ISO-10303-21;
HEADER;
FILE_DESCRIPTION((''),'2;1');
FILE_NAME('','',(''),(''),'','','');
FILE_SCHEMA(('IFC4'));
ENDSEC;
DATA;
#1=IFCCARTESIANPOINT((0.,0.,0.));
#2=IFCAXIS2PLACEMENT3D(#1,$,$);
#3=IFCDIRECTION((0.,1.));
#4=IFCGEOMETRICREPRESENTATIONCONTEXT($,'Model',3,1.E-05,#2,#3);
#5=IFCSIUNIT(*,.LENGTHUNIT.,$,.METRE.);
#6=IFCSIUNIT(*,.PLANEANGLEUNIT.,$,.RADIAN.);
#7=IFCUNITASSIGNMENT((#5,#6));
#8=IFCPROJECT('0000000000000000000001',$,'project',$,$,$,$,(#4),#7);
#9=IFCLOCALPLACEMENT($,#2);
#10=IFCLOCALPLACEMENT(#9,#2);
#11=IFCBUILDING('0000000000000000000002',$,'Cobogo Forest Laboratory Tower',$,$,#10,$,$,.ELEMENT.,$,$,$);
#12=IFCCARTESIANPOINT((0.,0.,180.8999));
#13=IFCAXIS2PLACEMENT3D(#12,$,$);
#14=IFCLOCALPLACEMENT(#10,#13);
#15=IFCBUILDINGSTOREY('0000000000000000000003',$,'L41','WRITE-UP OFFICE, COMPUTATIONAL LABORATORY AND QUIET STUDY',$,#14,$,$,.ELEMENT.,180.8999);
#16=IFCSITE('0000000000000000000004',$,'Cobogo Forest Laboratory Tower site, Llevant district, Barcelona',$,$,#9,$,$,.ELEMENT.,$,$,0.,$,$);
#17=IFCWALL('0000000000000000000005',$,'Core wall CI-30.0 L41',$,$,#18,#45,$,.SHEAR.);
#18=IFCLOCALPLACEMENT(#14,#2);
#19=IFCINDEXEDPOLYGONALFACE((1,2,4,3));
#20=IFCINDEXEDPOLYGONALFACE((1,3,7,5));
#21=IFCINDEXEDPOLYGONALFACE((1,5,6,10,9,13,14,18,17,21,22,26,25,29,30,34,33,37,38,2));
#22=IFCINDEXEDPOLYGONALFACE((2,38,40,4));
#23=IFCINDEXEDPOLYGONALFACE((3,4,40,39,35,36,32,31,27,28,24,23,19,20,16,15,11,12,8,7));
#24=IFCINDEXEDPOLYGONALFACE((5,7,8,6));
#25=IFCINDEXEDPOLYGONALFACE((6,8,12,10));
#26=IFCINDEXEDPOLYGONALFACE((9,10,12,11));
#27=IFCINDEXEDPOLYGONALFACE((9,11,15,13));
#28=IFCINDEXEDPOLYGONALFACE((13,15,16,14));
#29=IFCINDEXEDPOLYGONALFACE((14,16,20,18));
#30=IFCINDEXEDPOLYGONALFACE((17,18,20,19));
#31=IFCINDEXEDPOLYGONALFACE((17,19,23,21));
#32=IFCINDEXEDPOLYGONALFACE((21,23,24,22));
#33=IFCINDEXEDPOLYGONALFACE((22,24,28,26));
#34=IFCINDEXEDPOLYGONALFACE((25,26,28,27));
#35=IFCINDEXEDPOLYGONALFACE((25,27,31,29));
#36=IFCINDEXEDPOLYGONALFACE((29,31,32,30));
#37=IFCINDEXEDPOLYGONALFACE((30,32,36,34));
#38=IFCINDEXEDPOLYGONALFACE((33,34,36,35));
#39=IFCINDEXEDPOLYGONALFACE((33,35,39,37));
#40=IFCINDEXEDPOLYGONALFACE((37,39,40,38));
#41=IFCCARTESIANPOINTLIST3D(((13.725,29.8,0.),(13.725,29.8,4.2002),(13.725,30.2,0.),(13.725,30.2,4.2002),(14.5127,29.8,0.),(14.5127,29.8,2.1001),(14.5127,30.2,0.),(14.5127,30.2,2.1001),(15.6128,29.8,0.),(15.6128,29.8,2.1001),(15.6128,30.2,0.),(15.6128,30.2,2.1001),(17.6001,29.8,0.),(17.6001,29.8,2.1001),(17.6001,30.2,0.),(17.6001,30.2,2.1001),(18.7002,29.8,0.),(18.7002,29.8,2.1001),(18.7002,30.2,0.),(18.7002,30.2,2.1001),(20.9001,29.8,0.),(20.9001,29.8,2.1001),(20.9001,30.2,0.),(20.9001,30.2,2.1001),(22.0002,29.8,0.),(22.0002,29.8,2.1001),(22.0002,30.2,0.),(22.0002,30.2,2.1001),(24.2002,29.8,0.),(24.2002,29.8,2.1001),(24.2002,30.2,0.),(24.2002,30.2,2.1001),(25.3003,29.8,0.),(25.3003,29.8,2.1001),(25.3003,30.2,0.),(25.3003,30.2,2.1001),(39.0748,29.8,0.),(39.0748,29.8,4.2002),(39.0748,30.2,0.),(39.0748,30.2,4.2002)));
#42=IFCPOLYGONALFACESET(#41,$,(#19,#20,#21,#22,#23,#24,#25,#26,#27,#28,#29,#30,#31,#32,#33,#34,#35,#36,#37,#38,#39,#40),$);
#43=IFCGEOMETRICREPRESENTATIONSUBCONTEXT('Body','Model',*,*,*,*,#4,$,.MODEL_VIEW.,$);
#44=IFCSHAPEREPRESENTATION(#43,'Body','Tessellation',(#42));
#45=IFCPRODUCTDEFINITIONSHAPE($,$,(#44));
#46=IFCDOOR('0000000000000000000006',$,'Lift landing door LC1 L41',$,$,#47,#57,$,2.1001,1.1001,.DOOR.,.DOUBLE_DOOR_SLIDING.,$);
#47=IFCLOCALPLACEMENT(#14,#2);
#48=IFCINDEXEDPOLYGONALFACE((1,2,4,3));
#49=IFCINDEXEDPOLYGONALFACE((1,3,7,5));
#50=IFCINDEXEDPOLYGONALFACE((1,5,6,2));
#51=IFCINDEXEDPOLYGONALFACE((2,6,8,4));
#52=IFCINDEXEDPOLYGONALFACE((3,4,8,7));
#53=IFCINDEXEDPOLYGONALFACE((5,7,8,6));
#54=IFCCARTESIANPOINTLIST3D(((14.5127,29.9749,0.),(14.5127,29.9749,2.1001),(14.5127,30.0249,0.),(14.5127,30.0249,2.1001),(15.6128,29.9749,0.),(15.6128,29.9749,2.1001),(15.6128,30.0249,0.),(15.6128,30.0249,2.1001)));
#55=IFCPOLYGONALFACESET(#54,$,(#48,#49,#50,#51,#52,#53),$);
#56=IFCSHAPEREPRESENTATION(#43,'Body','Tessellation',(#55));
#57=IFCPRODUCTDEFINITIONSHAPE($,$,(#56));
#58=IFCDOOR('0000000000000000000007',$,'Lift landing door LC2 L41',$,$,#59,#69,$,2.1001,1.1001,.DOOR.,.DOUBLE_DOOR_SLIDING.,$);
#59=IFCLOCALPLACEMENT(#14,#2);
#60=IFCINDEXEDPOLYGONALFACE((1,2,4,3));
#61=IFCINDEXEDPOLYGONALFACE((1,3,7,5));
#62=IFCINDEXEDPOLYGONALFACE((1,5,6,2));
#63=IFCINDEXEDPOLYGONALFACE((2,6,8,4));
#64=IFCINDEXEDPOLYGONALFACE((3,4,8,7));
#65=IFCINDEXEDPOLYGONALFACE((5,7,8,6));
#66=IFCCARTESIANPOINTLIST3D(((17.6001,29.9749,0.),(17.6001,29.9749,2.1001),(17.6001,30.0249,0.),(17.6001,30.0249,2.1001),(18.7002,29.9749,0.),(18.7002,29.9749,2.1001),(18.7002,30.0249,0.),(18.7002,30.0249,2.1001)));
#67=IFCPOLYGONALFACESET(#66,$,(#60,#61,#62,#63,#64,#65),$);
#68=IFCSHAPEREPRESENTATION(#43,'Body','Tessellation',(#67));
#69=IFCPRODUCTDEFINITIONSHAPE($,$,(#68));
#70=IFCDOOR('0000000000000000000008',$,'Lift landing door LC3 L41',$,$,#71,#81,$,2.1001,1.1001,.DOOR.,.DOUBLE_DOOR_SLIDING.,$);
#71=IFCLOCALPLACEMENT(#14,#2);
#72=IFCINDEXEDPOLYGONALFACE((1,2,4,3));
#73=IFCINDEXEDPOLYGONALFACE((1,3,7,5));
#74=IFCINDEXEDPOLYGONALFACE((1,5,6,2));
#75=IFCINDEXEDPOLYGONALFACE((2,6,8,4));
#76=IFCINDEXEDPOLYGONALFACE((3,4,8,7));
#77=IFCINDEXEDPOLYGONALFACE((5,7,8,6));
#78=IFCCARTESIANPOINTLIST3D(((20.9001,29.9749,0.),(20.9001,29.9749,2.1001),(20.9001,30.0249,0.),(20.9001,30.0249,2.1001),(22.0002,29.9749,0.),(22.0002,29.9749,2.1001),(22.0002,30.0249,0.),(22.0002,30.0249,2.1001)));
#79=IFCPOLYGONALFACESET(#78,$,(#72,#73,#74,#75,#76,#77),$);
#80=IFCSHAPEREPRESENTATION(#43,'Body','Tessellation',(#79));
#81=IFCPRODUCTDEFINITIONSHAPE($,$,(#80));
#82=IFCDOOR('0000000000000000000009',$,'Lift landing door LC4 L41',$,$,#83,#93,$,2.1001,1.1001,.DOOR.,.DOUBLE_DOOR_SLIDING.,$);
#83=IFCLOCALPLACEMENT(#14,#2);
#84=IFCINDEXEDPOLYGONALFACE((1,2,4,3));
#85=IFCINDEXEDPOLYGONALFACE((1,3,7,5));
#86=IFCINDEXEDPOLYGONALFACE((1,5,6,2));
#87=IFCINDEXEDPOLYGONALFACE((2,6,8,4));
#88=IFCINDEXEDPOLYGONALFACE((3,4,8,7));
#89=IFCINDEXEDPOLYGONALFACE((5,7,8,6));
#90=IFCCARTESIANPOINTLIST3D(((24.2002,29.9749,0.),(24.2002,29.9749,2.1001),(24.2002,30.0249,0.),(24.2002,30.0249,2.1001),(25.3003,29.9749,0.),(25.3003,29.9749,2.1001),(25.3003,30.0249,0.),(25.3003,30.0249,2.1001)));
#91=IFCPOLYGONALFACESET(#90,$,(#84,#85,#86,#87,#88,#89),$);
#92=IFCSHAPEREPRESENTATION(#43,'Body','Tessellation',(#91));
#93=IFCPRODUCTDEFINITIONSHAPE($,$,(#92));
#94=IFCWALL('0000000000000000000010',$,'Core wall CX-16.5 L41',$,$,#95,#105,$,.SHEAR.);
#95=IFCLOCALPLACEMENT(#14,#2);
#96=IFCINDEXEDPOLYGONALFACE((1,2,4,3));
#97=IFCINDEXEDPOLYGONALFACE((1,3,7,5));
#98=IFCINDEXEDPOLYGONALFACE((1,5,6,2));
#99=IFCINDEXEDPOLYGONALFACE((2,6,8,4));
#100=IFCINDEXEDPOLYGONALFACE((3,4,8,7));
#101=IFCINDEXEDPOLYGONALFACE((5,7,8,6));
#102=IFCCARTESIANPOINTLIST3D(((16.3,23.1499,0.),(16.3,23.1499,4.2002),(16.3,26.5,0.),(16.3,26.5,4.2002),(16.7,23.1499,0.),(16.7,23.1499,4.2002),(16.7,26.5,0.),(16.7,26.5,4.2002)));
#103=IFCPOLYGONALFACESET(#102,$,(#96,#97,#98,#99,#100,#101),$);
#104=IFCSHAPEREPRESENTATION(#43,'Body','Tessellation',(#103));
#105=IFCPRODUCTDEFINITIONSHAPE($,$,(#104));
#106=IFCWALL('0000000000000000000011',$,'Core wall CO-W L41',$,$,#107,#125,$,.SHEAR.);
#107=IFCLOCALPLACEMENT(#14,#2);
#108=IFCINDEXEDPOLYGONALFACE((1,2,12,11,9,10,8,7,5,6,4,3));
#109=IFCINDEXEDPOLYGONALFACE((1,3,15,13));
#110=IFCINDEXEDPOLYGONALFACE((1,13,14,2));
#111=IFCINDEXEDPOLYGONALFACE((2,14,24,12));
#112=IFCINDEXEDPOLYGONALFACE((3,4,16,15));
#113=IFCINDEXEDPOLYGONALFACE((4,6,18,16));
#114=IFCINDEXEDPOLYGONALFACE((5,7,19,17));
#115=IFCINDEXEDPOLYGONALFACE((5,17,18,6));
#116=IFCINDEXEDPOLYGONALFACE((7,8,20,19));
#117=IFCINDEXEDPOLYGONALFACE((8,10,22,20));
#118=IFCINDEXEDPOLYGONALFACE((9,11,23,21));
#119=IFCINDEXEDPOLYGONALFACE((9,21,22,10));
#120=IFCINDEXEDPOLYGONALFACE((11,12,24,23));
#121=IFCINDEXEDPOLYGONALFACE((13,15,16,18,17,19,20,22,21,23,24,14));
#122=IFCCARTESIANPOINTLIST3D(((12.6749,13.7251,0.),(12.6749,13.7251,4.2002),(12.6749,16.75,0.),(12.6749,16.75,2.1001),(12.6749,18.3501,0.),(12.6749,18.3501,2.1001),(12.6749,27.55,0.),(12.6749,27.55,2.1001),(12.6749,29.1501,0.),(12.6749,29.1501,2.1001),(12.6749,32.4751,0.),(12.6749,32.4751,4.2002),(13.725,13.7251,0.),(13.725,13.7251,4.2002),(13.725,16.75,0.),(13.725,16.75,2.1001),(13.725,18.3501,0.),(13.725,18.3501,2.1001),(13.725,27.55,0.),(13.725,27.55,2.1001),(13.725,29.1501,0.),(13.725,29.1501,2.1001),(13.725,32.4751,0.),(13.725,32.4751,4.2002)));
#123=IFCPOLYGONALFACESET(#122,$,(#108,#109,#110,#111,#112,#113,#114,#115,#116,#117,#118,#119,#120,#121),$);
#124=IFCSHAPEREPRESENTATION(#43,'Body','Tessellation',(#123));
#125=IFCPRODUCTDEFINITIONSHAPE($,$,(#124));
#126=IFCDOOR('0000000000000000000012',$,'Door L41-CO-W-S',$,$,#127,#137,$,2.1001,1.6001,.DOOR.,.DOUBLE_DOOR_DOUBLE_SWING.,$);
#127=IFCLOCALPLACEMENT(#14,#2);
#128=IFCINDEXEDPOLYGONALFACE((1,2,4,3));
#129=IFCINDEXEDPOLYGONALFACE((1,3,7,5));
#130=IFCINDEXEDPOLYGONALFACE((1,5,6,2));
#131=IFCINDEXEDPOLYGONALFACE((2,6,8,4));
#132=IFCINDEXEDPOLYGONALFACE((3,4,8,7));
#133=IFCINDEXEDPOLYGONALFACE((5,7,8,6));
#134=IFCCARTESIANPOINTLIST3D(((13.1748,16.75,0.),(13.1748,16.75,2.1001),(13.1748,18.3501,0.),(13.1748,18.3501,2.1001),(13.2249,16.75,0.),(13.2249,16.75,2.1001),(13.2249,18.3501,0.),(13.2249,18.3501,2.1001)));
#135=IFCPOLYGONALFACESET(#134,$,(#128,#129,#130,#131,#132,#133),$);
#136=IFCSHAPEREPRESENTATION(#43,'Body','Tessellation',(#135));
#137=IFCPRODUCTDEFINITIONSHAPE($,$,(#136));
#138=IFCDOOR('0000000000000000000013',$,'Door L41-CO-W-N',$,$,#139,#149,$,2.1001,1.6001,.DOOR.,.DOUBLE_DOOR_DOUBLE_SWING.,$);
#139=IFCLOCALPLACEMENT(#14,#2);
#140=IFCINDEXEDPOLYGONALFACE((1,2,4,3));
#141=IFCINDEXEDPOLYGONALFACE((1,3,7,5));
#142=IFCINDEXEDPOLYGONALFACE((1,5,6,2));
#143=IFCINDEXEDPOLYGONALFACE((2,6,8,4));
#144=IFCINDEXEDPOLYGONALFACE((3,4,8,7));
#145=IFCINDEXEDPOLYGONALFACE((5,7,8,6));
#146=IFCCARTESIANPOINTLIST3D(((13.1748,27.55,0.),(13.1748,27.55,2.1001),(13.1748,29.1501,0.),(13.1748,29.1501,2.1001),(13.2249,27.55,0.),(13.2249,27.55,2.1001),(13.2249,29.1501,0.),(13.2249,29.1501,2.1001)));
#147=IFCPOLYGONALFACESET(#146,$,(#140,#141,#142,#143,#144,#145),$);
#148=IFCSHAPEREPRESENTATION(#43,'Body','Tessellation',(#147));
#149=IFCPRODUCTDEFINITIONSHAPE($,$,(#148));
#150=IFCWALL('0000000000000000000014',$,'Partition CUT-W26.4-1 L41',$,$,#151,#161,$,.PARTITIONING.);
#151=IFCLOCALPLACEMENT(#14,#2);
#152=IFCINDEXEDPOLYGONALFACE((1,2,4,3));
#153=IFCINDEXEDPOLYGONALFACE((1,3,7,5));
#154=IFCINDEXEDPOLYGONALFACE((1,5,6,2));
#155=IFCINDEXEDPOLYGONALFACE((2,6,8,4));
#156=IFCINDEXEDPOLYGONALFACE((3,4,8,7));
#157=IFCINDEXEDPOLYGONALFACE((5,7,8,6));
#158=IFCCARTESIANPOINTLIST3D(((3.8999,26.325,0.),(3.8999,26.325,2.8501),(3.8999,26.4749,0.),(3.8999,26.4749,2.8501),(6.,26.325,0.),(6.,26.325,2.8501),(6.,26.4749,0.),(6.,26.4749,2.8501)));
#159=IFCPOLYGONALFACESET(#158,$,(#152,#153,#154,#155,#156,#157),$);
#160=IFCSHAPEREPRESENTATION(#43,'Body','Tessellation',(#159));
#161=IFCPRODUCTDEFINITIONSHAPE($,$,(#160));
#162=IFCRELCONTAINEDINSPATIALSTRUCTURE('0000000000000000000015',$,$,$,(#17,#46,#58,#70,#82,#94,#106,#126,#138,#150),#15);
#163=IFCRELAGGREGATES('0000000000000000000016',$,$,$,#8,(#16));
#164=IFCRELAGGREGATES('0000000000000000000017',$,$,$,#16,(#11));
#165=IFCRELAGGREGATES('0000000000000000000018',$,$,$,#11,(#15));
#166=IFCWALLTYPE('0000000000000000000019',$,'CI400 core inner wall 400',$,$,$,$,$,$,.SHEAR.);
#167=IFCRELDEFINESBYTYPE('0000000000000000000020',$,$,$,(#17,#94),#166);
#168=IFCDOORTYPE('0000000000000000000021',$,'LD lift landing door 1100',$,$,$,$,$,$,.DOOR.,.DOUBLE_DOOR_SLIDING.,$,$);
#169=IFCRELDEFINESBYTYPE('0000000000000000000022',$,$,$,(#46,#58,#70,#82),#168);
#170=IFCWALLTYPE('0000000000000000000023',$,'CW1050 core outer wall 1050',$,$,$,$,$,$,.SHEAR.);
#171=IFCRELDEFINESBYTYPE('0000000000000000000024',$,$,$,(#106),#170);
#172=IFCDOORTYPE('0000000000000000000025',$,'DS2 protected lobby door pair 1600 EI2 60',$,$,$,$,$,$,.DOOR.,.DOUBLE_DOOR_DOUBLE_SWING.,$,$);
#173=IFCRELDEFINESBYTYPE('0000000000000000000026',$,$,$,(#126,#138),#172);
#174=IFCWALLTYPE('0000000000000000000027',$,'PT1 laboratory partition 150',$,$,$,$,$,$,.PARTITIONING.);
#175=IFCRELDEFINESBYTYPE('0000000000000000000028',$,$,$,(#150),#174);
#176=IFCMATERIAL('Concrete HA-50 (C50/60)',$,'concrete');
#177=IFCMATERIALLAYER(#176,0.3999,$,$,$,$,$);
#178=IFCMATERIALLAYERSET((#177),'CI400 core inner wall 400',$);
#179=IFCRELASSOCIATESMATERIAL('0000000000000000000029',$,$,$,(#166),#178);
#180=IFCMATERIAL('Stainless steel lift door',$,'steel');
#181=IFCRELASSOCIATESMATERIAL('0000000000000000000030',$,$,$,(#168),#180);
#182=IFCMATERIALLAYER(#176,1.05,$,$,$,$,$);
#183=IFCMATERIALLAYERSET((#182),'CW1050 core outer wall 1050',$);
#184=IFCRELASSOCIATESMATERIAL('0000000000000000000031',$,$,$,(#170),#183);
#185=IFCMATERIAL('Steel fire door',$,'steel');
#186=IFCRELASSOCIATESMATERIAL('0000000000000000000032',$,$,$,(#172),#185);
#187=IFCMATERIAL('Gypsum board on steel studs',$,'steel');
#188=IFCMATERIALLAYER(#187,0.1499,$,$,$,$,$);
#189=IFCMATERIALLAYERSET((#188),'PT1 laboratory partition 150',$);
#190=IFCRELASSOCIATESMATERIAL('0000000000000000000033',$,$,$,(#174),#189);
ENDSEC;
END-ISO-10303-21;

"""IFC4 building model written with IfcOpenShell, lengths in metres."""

from ifc_helpers import new_model, si_unit, direction, frame, frame_2d, origin, place, context, subcontext, project, spatial, rectangle, extrude, material, layer, layer_set, type_object, element, fill, save


model = new_model("IFC4")

# Units and contexts
model_context = context("Model", 3, precision=1e-05, world=origin(), true_north=direction((0.0, 1.0)))
body_context = subcontext(model_context, "Body", "Model", "MODEL_VIEW")
ifc_project = project(units=[si_unit("LENGTHUNIT", "METRE"), si_unit("PLANEANGLEUNIT", "RADIAN")], contexts=[model_context])

# Site, building, storey
site_placement = place(None, origin())
site = spatial("IfcSite", under=ifc_project, at=site_placement, Name="Cobogo Forest Laboratory Tower site, Llevant district, Barcelona", CompositionType="ELEMENT", RefElevation=0.0)
building_placement = place(site_placement, origin())
building = spatial("IfcBuilding", under=site, at=building_placement, Name="Cobogo Forest Laboratory Tower", CompositionType="ELEMENT")
storey_placement = place(building_placement, frame((0.0, 0.0, 180.8999)))
storey = spatial("IfcBuildingStorey", under=building, at=storey_placement, Name="L41", Description="WRITE-UP OFFICE, COMPUTATIONAL LABORATORY AND QUIET STUDY", CompositionType="ELEMENT", Elevation=180.8999)

# Shared definitions
ifc_material_1 = material(Name="Concrete HA-50 (C50/60)", Category="concrete")

# Wall, openings, doors
ifc_layer_1 = layer(ifc_material_1, 0.3999)
ifc_layer_set_1 = layer_set([ifc_layer_1], Name="CI400 core inner wall 400")
wall_type_1 = type_object("IfcWallType", Name="CI400 core inner wall 400", PredefinedType="SHEAR", material=ifc_layer_set_1)
ifc_material_2 = material(Name="Steel fire door", Category="steel")
ifc_material_3 = material(Name="Stainless steel lift door", Category="steel")
door_type_1 = type_object("IfcDoorType", Name="LD lift landing door 1100", OperationType="DOUBLE_DOOR_SLIDING", PredefinedType="DOOR", material=ifc_material_3)
wall_1_placement = place(storey_placement, frame((13.7251, 30.0, 0.0), z_axis=(0.0, 0.0, 1.0), x_axis=(1.0, 0.0, 0.0)))
wall_1 = element("IfcWall", 1, at=wall_1_placement, inside=storey, type_object=wall_type_1, Name="Core wall CI-30.0 L41", PredefinedType="SHEAR", context=body_context, shape_type="SweptSolid", body=[
    extrude(rectangle(XDim=25.3499, YDim=0.3999, at=frame_2d((12.6748, 0.0))), origin(), (0.0, 0.0, 1.0), 4.2002),
])
opening_1_placement = place(wall_1_placement, frame((0.7876, 0.0, 0.0)))
opening_1 = element("IfcOpeningElement", 2, at=opening_1_placement, cuts=wall_1, PredefinedType="OPENING", context=body_context, shape_type="SweptSolid", body=[
    extrude(rectangle(XDim=1.1001, YDim=2.1001, at=frame_2d((0.55, 1.05))), frame((0.0, 0.21, 0.0), z_axis=(0.0, -1.0, 0.0), x_axis=(1.0, 0.0, 0.0)), (0.0, 0.0, 1.0), 0.4199),
])
opening_2_placement = place(wall_1_placement, frame((3.875, 0.0, 0.0)))
opening_2 = element("IfcOpeningElement", 3, at=opening_2_placement, cuts=wall_1, PredefinedType="OPENING", context=body_context, shape_type="SweptSolid", body=[
    extrude(rectangle(XDim=1.1001, YDim=2.1001, at=frame_2d((0.55, 1.05))), frame((0.0, 0.21, 0.0), z_axis=(0.0, -1.0, 0.0), x_axis=(1.0, 0.0, 0.0)), (0.0, 0.0, 1.0), 0.4199),
])
opening_3_placement = place(wall_1_placement, frame((7.175, 0.0, 0.0)))
opening_3 = element("IfcOpeningElement", 4, at=opening_3_placement, cuts=wall_1, PredefinedType="OPENING", context=body_context, shape_type="SweptSolid", body=[
    extrude(rectangle(XDim=1.1001, YDim=2.1001, at=frame_2d((0.55, 1.05))), frame((0.0, 0.21, 0.0), z_axis=(0.0, -1.0, 0.0), x_axis=(1.0, 0.0, 0.0)), (0.0, 0.0, 1.0), 0.4199),
])
opening_4_placement = place(wall_1_placement, frame((10.4751, 0.0, 0.0)))
opening_4 = element("IfcOpeningElement", 5, at=opening_4_placement, cuts=wall_1, PredefinedType="OPENING", context=body_context, shape_type="SweptSolid", body=[
    extrude(rectangle(XDim=1.1001, YDim=2.1001, at=frame_2d((0.55, 1.05))), frame((0.0, 0.21, 0.0), z_axis=(0.0, -1.0, 0.0), x_axis=(1.0, 0.0, 0.0)), (0.0, 0.0, 1.0), 0.4199),
])
door_1_placement = place(opening_1_placement, origin())
door_1 = element("IfcDoor", 6, at=door_1_placement, inside=storey, type_object=door_type_1, Name="Lift landing door LC1 L41", OperationType="DOUBLE_DOOR_SLIDING", OverallHeight=2.1001, OverallWidth=1.1001, PredefinedType="DOOR", context=body_context, shape_type="SweptSolid", body=[
    extrude(rectangle(XDim=1.1001, YDim=2.1001, at=frame_2d((0.55, 1.05))), frame((0.0, 0.0249, 0.0), z_axis=(0.0, -1.0, 0.0), x_axis=(1.0, 0.0, 0.0)), (0.0, 0.0, 1.0), 0.05),
])
fill(opening_1, door_1)
door_2_placement = place(opening_2_placement, origin())
door_2 = element("IfcDoor", 7, at=door_2_placement, inside=storey, type_object=door_type_1, Name="Lift landing door LC2 L41", OperationType="DOUBLE_DOOR_SLIDING", OverallHeight=2.1001, OverallWidth=1.1001, PredefinedType="DOOR", context=body_context, shape_type="SweptSolid", body=[
    extrude(rectangle(XDim=1.1001, YDim=2.1001, at=frame_2d((0.55, 1.05))), frame((0.0, 0.0249, 0.0), z_axis=(0.0, -1.0, 0.0), x_axis=(1.0, 0.0, 0.0)), (0.0, 0.0, 1.0), 0.05),
])
fill(opening_2, door_2)
door_3_placement = place(opening_3_placement, origin())
door_3 = element("IfcDoor", 8, at=door_3_placement, inside=storey, type_object=door_type_1, Name="Lift landing door LC3 L41", OperationType="DOUBLE_DOOR_SLIDING", OverallHeight=2.1001, OverallWidth=1.1001, PredefinedType="DOOR", context=body_context, shape_type="SweptSolid", body=[
    extrude(rectangle(XDim=1.1001, YDim=2.1001, at=frame_2d((0.55, 1.05))), frame((0.0, 0.0249, 0.0), z_axis=(0.0, -1.0, 0.0), x_axis=(1.0, 0.0, 0.0)), (0.0, 0.0, 1.0), 0.05),
])
fill(opening_3, door_3)
door_4_placement = place(opening_4_placement, origin())
door_4 = element("IfcDoor", 9, at=door_4_placement, inside=storey, type_object=door_type_1, Name="Lift landing door LC4 L41", OperationType="DOUBLE_DOOR_SLIDING", OverallHeight=2.1001, OverallWidth=1.1001, PredefinedType="DOOR", context=body_context, shape_type="SweptSolid", body=[
    extrude(rectangle(XDim=1.1001, YDim=2.1001, at=frame_2d((0.55, 1.05))), frame((0.0, 0.0249, 0.0), z_axis=(0.0, -1.0, 0.0), x_axis=(1.0, 0.0, 0.0)), (0.0, 0.0, 1.0), 0.05),
])
fill(opening_4, door_4)

# Wall
wall_2_placement = place(storey_placement, frame((16.5, 23.1499, 0.0), z_axis=(0.0, 0.0, 1.0), x_axis=(0.0, 1.0, 0.0)))
element("IfcWall", 10, at=wall_2_placement, inside=storey, type_object=wall_type_1, Name="Core wall CX-16.5 L41", PredefinedType="SHEAR", context=body_context, shape_type="SweptSolid", body=[
    extrude(rectangle(XDim=3.3501, YDim=0.3999, at=frame_2d((1.675, 0.0))), origin(), (0.0, 0.0, 1.0), 4.2002),
])

# Wall, openings, doors
ifc_layer_2 = layer(ifc_material_1, 1.05)
ifc_layer_set_2 = layer_set([ifc_layer_2], Name="CW1050 core outer wall 1050")
wall_type_2 = type_object("IfcWallType", Name="CW1050 core outer wall 1050", PredefinedType="SHEAR", material=ifc_layer_set_2)
wall_3_placement = place(storey_placement, frame((13.2, 32.4751, 0.0), z_axis=(0.0, 0.0, 1.0), x_axis=(0.0, -1.0, 0.0)))
wall_3 = element("IfcWall", 11, at=wall_3_placement, inside=storey, type_object=wall_type_2, Name="Core wall CO-W L41", PredefinedType="SHEAR", context=body_context, shape_type="SweptSolid", body=[
    extrude(rectangle(XDim=18.75, YDim=1.05, at=frame_2d((9.375, 0.0))), origin(), (0.0, 0.0, 1.0), 4.2002),
])
opening_5_placement = place(wall_3_placement, frame((14.125, 0.0, 0.0)))
opening_5 = element("IfcOpeningElement", 12, at=opening_5_placement, cuts=wall_3, PredefinedType="OPENING", context=body_context, shape_type="SweptSolid", body=[
    extrude(rectangle(XDim=1.6001, YDim=2.1001, at=frame_2d((0.8, 1.05))), frame((0.0, 0.5349, 0.0), z_axis=(0.0, -1.0, 0.0), x_axis=(1.0, 0.0, 0.0)), (0.0, 0.0, 1.0), 1.0701),
])
opening_6_placement = place(wall_3_placement, frame((3.325, 0.0, 0.0)))
opening_6 = element("IfcOpeningElement", 13, at=opening_6_placement, cuts=wall_3, PredefinedType="OPENING", context=body_context, shape_type="SweptSolid", body=[
    extrude(rectangle(XDim=1.6001, YDim=2.1001, at=frame_2d((0.8, 1.05))), frame((0.0, 0.5349, 0.0), z_axis=(0.0, -1.0, 0.0), x_axis=(1.0, 0.0, 0.0)), (0.0, 0.0, 1.0), 1.0701),
])
door_type_2 = type_object("IfcDoorType", Name="DS2 protected lobby door pair 1600 EI2 60", OperationType="DOUBLE_DOOR_DOUBLE_SWING", PredefinedType="DOOR", material=ifc_material_2)
door_5_placement = place(opening_5_placement, origin())
door_5 = element("IfcDoor", 14, at=door_5_placement, inside=storey, type_object=door_type_2, Name="Door L41-CO-W-S", OperationType="DOUBLE_DOOR_DOUBLE_SWING", OverallHeight=2.1001, OverallWidth=1.6001, PredefinedType="DOOR", context=body_context, shape_type="SweptSolid", body=[
    extrude(rectangle(XDim=1.6001, YDim=2.1001, at=frame_2d((0.8, 1.05))), frame((0.0, 0.0249, 0.0), z_axis=(0.0, -1.0, 0.0), x_axis=(1.0, 0.0, 0.0)), (0.0, 0.0, 1.0), 0.05),
])
fill(opening_5, door_5)
door_6_placement = place(opening_6_placement, origin())
door_6 = element("IfcDoor", 15, at=door_6_placement, inside=storey, type_object=door_type_2, Name="Door L41-CO-W-N", OperationType="DOUBLE_DOOR_DOUBLE_SWING", OverallHeight=2.1001, OverallWidth=1.6001, PredefinedType="DOOR", context=body_context, shape_type="SweptSolid", body=[
    extrude(rectangle(XDim=1.6001, YDim=2.1001, at=frame_2d((0.8, 1.05))), frame((0.0, 0.0249, 0.0), z_axis=(0.0, -1.0, 0.0), x_axis=(1.0, 0.0, 0.0)), (0.0, 0.0, 1.0), 0.05),
])
fill(opening_6, door_6)

# Wall
ifc_material_4 = material(Name="Gypsum board on steel studs", Category="steel")
ifc_layer_3 = layer(ifc_material_4, 0.1499)
ifc_layer_set_3 = layer_set([ifc_layer_3], Name="PT1 laboratory partition 150")
wall_type_3 = type_object("IfcWallType", Name="PT1 laboratory partition 150", PredefinedType="PARTITIONING", material=ifc_layer_set_3)
wall_4_placement = place(storey_placement, frame((3.8999, 26.3999, 0.0), z_axis=(0.0, 0.0, 1.0), x_axis=(1.0, 0.0, 0.0)))
element("IfcWall", 16, at=wall_4_placement, inside=storey, type_object=wall_type_3, Name="Partition CUT-W26.4-1 L41", PredefinedType="PARTITIONING", context=body_context, shape_type="SweptSolid", body=[
    extrude(rectangle(XDim=2.1001, YDim=0.1499, at=frame_2d((1.05, 0.0))), origin(), (0.0, 0.0, 1.0), 2.8501),
])

save(model, "model.ifc")
